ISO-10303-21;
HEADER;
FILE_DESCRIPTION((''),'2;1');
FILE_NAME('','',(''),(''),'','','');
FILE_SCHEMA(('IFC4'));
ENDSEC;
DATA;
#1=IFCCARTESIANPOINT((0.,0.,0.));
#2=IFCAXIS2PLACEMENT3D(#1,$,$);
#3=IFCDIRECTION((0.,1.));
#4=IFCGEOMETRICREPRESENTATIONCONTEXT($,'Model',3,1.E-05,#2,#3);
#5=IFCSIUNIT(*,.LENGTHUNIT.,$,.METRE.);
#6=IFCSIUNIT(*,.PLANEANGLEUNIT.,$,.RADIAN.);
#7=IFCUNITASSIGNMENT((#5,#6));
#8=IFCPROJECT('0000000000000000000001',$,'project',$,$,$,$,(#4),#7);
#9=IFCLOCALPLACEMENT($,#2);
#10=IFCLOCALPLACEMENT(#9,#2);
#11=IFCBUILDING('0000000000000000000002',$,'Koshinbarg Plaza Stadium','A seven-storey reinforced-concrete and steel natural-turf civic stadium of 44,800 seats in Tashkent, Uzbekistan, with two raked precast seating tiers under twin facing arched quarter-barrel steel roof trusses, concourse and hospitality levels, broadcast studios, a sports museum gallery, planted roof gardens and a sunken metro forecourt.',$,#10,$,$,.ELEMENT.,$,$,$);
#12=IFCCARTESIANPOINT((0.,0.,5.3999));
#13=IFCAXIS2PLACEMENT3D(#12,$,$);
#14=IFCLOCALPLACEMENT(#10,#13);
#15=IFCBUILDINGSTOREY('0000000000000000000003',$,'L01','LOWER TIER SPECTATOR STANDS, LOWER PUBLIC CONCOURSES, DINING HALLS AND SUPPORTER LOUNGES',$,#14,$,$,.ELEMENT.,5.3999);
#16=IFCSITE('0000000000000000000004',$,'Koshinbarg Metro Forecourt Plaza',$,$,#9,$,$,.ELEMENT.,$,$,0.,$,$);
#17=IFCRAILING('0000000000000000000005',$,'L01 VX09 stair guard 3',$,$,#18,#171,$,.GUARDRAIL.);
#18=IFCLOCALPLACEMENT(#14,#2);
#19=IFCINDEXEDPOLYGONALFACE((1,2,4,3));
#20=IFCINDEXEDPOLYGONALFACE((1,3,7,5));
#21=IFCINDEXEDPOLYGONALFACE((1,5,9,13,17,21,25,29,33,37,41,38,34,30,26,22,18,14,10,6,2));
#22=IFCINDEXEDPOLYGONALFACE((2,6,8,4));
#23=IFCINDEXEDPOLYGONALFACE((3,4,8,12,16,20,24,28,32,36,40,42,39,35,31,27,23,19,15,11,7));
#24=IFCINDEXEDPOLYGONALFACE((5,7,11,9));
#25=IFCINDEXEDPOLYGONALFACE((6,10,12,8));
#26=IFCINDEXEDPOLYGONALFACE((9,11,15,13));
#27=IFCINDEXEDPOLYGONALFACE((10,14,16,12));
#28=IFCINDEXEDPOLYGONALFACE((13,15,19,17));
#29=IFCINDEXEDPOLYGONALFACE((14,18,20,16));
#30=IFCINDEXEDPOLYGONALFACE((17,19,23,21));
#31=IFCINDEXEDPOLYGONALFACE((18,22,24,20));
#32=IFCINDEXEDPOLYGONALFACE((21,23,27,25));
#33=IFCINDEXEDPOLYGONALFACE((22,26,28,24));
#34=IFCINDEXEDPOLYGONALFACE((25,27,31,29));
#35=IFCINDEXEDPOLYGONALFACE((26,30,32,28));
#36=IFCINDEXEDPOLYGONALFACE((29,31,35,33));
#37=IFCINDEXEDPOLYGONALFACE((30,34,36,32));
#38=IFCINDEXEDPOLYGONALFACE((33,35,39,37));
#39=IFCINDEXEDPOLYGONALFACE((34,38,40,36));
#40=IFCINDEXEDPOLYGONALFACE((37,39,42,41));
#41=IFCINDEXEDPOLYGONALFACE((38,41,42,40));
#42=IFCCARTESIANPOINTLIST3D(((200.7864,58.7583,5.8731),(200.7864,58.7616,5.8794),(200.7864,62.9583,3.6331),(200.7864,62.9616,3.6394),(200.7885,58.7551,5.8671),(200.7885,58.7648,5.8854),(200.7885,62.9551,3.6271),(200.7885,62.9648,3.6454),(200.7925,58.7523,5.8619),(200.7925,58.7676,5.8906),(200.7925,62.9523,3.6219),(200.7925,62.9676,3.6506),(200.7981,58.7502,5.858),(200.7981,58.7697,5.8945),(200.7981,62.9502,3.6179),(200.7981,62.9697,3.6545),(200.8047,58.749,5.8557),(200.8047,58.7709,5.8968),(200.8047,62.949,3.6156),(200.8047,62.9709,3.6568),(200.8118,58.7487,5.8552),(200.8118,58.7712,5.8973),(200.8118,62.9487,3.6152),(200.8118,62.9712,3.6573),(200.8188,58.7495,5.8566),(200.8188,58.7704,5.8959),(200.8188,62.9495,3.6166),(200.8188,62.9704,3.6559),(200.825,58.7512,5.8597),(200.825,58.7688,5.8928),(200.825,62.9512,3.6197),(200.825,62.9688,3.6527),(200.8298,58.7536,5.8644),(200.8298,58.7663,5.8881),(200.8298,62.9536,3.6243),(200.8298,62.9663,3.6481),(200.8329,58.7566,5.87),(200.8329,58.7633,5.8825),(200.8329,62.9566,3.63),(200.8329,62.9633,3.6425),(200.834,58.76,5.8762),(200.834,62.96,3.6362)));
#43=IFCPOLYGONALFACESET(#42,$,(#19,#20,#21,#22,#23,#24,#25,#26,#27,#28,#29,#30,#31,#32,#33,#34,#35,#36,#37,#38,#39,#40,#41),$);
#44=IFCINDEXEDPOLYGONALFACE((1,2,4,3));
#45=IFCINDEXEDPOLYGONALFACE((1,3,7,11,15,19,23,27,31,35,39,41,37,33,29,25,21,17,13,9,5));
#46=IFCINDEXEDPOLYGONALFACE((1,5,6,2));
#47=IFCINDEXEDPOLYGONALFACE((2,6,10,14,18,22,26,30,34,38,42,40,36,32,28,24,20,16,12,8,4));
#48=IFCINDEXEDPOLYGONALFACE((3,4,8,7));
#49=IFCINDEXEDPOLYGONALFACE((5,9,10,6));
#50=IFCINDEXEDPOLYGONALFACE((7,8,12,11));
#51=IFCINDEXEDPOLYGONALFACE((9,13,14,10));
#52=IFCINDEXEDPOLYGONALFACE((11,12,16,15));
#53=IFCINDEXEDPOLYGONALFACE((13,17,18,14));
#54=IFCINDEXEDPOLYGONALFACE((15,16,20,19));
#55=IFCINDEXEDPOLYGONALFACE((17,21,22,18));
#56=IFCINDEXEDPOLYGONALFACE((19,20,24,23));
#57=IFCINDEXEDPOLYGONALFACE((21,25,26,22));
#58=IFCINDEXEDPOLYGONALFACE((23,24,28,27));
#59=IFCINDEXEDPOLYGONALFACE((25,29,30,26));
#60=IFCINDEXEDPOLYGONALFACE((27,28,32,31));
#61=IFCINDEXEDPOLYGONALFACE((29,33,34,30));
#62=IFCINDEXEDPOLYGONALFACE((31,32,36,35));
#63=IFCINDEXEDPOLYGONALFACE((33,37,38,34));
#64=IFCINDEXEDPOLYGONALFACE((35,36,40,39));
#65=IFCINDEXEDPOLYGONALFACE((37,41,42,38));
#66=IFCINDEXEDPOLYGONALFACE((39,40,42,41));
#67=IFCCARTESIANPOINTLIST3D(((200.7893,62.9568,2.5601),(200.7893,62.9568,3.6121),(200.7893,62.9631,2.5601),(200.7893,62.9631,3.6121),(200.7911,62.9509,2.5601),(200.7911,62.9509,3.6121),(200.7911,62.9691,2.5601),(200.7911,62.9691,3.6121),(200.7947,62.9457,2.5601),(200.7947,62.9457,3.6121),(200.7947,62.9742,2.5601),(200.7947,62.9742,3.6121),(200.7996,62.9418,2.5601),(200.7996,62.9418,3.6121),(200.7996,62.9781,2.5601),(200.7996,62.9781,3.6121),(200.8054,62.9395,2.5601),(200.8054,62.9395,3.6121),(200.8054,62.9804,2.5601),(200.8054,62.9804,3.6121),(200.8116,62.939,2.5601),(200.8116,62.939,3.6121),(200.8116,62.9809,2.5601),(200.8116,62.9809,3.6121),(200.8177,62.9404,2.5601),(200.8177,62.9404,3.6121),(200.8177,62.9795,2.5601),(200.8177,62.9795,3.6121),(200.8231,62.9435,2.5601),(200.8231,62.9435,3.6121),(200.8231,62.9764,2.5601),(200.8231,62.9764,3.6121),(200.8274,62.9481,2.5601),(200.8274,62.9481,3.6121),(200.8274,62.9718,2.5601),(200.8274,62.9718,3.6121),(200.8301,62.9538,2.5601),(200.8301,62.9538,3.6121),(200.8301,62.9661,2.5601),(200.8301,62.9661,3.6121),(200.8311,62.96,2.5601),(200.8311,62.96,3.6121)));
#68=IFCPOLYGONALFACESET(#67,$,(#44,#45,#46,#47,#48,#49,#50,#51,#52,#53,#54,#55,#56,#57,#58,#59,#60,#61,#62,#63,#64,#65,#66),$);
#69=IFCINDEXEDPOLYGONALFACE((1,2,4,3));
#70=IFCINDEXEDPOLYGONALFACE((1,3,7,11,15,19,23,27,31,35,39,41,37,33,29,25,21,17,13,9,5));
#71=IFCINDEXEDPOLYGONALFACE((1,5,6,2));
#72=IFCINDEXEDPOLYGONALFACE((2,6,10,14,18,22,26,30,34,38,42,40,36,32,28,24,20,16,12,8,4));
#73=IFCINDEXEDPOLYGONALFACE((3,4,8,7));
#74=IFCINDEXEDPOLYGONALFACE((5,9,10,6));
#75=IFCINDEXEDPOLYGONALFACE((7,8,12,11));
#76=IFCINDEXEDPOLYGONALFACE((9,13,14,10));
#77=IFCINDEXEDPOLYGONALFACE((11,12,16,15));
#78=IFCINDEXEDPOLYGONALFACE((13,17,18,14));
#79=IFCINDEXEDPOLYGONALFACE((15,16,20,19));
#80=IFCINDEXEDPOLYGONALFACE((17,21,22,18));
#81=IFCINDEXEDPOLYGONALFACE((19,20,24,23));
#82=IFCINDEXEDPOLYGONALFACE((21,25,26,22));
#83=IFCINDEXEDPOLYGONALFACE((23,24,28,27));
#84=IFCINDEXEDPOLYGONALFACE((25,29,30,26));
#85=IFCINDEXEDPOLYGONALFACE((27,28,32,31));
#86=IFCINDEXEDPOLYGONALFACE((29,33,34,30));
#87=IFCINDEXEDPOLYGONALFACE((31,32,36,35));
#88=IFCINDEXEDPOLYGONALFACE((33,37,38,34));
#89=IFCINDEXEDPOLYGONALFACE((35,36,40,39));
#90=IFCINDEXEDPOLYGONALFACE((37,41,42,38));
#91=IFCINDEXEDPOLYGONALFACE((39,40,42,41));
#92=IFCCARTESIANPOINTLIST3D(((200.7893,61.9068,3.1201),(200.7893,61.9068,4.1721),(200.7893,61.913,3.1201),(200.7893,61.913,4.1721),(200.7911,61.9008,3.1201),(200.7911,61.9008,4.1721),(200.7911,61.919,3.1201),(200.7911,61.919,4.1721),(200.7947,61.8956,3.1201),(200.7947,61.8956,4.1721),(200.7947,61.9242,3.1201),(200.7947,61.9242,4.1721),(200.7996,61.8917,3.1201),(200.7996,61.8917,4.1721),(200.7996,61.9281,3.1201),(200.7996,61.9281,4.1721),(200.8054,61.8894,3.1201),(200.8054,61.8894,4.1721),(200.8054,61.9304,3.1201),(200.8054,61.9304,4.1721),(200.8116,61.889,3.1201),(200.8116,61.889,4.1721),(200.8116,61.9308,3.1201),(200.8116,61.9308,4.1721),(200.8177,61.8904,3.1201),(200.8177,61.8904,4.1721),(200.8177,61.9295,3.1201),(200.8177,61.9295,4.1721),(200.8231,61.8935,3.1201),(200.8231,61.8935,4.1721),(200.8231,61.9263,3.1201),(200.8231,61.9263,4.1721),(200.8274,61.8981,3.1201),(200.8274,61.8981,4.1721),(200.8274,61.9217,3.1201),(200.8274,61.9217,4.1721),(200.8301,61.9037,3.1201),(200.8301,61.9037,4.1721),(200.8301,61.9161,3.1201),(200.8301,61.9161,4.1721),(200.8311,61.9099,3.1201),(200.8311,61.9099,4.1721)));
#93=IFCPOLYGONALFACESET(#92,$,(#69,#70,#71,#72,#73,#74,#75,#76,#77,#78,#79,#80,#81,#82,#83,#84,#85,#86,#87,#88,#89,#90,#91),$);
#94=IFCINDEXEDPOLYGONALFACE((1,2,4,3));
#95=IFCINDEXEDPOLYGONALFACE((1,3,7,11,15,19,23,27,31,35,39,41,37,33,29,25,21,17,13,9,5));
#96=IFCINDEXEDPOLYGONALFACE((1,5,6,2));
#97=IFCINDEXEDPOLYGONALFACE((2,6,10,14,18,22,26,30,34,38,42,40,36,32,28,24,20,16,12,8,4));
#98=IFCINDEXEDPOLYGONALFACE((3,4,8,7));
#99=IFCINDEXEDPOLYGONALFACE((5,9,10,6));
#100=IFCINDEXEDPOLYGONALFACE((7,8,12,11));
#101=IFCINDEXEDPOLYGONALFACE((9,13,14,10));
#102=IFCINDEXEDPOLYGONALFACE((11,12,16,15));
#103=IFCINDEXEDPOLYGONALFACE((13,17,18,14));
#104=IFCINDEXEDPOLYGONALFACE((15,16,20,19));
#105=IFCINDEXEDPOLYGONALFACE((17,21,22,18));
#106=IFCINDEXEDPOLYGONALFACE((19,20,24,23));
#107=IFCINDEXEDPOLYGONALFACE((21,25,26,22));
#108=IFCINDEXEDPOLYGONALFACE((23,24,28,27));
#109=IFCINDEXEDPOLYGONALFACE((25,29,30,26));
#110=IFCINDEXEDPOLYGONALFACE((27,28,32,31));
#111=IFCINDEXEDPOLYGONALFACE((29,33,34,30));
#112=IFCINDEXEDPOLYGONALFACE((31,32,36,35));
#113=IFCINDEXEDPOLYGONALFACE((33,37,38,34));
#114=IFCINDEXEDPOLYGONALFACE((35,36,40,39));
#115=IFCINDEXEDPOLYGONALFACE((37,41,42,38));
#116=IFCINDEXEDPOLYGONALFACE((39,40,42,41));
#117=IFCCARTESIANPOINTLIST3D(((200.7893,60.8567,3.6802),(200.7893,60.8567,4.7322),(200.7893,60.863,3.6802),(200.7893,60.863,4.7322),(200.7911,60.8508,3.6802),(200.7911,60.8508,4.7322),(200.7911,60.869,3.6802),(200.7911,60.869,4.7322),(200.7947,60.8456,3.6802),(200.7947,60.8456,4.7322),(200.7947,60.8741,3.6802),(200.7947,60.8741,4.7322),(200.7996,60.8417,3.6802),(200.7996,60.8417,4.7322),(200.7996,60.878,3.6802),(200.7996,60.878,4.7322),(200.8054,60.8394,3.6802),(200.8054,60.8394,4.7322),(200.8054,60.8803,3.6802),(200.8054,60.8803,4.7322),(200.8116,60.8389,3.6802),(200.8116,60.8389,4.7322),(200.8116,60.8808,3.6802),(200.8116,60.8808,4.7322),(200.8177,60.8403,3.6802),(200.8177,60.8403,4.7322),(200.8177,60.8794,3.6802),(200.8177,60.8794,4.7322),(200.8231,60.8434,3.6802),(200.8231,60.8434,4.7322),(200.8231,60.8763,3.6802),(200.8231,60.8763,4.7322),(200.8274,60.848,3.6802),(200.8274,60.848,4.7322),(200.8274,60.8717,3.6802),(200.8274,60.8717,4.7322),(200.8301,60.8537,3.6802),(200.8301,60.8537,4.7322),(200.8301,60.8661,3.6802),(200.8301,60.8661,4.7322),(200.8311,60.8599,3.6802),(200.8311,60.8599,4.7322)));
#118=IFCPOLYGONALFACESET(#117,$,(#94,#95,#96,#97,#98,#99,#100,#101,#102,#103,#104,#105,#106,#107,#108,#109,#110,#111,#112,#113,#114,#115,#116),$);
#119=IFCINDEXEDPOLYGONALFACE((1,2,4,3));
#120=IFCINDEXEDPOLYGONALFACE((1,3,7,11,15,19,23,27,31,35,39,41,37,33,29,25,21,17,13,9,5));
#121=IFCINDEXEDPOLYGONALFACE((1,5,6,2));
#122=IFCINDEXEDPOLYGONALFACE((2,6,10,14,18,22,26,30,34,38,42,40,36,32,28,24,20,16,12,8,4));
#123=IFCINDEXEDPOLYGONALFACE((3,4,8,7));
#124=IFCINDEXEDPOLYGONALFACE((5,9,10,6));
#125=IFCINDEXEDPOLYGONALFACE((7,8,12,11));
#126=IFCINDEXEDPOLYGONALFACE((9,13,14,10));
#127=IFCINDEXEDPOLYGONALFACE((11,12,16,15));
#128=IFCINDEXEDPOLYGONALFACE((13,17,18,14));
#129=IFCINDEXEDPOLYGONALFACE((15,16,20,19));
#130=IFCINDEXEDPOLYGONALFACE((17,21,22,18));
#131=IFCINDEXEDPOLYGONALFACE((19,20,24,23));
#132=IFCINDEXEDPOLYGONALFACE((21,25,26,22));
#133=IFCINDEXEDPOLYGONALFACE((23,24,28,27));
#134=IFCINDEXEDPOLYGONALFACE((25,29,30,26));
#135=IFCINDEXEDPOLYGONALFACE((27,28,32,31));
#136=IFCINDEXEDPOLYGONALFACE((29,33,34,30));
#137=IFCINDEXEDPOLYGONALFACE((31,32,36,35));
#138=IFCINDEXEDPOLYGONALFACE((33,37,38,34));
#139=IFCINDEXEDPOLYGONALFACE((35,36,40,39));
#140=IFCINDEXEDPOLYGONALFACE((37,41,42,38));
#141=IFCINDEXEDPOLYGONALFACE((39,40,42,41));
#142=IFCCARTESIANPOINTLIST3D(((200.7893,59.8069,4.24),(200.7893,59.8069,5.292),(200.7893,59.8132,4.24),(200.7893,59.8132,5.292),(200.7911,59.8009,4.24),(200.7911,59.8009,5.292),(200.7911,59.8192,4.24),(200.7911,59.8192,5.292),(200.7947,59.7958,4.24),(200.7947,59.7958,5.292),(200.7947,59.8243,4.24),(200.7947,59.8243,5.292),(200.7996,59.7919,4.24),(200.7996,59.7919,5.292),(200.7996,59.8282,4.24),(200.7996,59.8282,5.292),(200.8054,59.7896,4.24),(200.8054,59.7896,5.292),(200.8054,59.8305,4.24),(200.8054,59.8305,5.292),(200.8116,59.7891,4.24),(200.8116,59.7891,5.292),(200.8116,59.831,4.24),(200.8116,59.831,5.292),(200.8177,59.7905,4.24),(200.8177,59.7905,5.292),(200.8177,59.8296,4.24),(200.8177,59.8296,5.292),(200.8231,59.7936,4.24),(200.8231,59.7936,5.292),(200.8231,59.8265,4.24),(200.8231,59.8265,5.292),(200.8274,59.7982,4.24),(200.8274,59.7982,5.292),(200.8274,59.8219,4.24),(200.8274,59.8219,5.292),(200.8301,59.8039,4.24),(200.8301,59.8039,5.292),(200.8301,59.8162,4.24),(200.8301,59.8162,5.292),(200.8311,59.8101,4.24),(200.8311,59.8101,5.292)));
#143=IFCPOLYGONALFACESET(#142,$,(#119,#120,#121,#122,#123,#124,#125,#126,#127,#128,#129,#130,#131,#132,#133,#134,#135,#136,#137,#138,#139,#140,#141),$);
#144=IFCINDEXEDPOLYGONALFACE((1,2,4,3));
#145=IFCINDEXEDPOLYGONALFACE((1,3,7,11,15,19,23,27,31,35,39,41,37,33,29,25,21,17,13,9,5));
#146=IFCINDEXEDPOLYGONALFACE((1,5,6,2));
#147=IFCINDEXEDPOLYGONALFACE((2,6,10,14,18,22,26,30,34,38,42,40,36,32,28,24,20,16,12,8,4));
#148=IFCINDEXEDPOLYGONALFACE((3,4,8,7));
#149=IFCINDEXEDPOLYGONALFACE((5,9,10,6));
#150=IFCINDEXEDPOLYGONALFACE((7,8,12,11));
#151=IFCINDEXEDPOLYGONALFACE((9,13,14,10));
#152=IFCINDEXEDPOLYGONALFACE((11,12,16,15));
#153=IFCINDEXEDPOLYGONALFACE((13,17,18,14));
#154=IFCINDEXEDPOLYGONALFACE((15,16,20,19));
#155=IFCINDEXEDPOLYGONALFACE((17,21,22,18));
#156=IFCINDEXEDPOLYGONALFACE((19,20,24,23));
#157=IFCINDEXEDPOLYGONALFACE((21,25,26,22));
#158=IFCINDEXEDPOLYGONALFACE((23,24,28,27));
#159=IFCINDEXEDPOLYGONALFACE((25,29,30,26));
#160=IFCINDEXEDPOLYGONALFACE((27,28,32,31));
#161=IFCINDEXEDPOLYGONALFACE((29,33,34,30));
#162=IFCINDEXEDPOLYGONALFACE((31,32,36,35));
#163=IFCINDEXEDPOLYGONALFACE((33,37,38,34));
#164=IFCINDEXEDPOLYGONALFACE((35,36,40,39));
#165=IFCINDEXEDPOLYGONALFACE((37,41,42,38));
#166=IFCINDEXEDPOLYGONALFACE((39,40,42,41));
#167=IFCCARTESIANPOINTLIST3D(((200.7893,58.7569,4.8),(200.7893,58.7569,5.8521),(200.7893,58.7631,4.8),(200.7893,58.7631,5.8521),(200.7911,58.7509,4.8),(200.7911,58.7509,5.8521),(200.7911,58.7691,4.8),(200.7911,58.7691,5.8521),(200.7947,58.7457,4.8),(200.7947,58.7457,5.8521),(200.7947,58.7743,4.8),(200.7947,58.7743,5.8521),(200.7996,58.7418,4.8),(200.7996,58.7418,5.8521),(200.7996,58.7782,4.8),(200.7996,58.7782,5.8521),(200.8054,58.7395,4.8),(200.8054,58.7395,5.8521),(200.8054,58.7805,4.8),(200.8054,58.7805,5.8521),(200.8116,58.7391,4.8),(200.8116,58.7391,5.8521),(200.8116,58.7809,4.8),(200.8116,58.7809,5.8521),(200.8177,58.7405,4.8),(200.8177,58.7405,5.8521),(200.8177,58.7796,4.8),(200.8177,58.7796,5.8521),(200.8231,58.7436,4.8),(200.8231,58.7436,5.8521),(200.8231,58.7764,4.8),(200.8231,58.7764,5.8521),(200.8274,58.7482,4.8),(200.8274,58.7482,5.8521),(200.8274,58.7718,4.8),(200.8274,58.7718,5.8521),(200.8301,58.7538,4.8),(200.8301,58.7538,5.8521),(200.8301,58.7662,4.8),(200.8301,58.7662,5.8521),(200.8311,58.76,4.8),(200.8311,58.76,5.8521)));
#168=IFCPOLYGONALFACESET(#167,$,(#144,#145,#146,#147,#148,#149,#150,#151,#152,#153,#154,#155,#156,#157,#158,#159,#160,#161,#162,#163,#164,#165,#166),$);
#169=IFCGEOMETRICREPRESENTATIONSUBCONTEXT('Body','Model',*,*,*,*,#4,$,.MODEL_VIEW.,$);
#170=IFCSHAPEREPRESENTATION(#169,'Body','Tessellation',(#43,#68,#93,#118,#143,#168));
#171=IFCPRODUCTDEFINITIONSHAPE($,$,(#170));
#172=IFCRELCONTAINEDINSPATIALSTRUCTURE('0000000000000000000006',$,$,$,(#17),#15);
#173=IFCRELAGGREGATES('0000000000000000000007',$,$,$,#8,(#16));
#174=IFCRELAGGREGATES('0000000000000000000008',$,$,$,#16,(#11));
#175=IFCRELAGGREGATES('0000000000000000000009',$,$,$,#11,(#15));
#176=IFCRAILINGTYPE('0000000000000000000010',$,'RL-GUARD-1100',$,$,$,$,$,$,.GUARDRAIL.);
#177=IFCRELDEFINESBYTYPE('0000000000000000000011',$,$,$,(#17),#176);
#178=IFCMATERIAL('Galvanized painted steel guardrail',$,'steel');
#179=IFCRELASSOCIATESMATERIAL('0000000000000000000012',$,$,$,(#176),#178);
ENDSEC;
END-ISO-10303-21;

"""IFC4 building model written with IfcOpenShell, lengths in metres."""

from ifc_helpers import new_model, si_unit, direction, frame, origin, origin_2d, place, context, subcontext, project, spatial, circle, extrude, material, type_object, element, save


model = new_model("IFC4")

# Units and contexts
model_context = context("Model", 3, precision=1e-05, world=origin(), true_north=direction((0.0, 1.0)))
body_context = subcontext(model_context, "Body", "Model", "MODEL_VIEW")
ifc_project = project(units=[si_unit("LENGTHUNIT", "METRE"), si_unit("PLANEANGLEUNIT", "RADIAN")], contexts=[model_context])

# Site, building, storey
site_placement = place(None, origin())
site = spatial("IfcSite", under=ifc_project, at=site_placement, Name="Koshinbarg Metro Forecourt Plaza", CompositionType="ELEMENT", RefElevation=0.0)
building_placement = place(site_placement, origin())
building = spatial("IfcBuilding", under=site, at=building_placement, Name="Koshinbarg Plaza Stadium", Description="A seven-storey reinforced-concrete and steel natural-turf civic stadium of 44,800 seats in Tashkent, Uzbekistan, with two raked precast seating tiers under twin facing arched quarter-barrel steel roof trusses, concourse and hospitality levels, broadcast studios, a sports museum gallery, planted roof gardens and a sunken metro forecourt.", CompositionType="ELEMENT")
storey_placement = place(building_placement, frame((0.0, 0.0, 5.3999)))
storey = spatial("IfcBuildingStorey", under=building, at=storey_placement, Name="L01", Description="LOWER TIER SPECTATOR STANDS, LOWER PUBLIC CONCOURSES, DINING HALLS AND SUPPORTER LOUNGES", CompositionType="ELEMENT", Elevation=5.3999)

# Railing
ifc_material_1 = material(Name="Galvanized painted steel guardrail", Category="steel")
railing_type_1 = type_object("IfcRailingType", Name="RL-GUARD-1100", PredefinedType="GUARDRAIL", material=ifc_material_1)
railing_1_placement = place(storey_placement, frame((200.8101, 62.96, 2.5601)))
element("IfcRailing", 1, at=railing_1_placement, inside=storey, type_object=railing_type_1, Name="L01 VX09 stair guard 3", PredefinedType="GUARDRAIL", context=body_context, shape_type="SweptSolid", body=[
    extrude(circle(Radius=0.0239, at=origin_2d()), frame((0.0, 0.0, 1.0762), z_axis=(0.0, -0.882352, 0.470591), x_axis=(1.0, 0.0, 0.0)), (0.0, 0.0, 1.0), 4.76),
    extrude(circle(Radius=0.021, at=origin_2d()), origin(), (0.0, 0.0, 1.0), 1.052),
    extrude(circle(Radius=0.021, at=origin_2d()), frame((0.0, -1.05, 0.5601)), (0.0, 0.0, 1.0), 1.052),
    extrude(circle(Radius=0.021, at=origin_2d()), frame((0.0, -2.1001, 1.1201)), (0.0, 0.0, 1.0), 1.052),
    extrude(circle(Radius=0.021, at=origin_2d()), frame((0.0, -3.1499, 1.6799)), (0.0, 0.0, 1.0), 1.052),
    extrude(circle(Radius=0.021, at=origin_2d()), frame((0.0, -4.2, 2.24)), (0.0, 0.0, 1.0), 1.052),
])

save(model, "model.ifc")
